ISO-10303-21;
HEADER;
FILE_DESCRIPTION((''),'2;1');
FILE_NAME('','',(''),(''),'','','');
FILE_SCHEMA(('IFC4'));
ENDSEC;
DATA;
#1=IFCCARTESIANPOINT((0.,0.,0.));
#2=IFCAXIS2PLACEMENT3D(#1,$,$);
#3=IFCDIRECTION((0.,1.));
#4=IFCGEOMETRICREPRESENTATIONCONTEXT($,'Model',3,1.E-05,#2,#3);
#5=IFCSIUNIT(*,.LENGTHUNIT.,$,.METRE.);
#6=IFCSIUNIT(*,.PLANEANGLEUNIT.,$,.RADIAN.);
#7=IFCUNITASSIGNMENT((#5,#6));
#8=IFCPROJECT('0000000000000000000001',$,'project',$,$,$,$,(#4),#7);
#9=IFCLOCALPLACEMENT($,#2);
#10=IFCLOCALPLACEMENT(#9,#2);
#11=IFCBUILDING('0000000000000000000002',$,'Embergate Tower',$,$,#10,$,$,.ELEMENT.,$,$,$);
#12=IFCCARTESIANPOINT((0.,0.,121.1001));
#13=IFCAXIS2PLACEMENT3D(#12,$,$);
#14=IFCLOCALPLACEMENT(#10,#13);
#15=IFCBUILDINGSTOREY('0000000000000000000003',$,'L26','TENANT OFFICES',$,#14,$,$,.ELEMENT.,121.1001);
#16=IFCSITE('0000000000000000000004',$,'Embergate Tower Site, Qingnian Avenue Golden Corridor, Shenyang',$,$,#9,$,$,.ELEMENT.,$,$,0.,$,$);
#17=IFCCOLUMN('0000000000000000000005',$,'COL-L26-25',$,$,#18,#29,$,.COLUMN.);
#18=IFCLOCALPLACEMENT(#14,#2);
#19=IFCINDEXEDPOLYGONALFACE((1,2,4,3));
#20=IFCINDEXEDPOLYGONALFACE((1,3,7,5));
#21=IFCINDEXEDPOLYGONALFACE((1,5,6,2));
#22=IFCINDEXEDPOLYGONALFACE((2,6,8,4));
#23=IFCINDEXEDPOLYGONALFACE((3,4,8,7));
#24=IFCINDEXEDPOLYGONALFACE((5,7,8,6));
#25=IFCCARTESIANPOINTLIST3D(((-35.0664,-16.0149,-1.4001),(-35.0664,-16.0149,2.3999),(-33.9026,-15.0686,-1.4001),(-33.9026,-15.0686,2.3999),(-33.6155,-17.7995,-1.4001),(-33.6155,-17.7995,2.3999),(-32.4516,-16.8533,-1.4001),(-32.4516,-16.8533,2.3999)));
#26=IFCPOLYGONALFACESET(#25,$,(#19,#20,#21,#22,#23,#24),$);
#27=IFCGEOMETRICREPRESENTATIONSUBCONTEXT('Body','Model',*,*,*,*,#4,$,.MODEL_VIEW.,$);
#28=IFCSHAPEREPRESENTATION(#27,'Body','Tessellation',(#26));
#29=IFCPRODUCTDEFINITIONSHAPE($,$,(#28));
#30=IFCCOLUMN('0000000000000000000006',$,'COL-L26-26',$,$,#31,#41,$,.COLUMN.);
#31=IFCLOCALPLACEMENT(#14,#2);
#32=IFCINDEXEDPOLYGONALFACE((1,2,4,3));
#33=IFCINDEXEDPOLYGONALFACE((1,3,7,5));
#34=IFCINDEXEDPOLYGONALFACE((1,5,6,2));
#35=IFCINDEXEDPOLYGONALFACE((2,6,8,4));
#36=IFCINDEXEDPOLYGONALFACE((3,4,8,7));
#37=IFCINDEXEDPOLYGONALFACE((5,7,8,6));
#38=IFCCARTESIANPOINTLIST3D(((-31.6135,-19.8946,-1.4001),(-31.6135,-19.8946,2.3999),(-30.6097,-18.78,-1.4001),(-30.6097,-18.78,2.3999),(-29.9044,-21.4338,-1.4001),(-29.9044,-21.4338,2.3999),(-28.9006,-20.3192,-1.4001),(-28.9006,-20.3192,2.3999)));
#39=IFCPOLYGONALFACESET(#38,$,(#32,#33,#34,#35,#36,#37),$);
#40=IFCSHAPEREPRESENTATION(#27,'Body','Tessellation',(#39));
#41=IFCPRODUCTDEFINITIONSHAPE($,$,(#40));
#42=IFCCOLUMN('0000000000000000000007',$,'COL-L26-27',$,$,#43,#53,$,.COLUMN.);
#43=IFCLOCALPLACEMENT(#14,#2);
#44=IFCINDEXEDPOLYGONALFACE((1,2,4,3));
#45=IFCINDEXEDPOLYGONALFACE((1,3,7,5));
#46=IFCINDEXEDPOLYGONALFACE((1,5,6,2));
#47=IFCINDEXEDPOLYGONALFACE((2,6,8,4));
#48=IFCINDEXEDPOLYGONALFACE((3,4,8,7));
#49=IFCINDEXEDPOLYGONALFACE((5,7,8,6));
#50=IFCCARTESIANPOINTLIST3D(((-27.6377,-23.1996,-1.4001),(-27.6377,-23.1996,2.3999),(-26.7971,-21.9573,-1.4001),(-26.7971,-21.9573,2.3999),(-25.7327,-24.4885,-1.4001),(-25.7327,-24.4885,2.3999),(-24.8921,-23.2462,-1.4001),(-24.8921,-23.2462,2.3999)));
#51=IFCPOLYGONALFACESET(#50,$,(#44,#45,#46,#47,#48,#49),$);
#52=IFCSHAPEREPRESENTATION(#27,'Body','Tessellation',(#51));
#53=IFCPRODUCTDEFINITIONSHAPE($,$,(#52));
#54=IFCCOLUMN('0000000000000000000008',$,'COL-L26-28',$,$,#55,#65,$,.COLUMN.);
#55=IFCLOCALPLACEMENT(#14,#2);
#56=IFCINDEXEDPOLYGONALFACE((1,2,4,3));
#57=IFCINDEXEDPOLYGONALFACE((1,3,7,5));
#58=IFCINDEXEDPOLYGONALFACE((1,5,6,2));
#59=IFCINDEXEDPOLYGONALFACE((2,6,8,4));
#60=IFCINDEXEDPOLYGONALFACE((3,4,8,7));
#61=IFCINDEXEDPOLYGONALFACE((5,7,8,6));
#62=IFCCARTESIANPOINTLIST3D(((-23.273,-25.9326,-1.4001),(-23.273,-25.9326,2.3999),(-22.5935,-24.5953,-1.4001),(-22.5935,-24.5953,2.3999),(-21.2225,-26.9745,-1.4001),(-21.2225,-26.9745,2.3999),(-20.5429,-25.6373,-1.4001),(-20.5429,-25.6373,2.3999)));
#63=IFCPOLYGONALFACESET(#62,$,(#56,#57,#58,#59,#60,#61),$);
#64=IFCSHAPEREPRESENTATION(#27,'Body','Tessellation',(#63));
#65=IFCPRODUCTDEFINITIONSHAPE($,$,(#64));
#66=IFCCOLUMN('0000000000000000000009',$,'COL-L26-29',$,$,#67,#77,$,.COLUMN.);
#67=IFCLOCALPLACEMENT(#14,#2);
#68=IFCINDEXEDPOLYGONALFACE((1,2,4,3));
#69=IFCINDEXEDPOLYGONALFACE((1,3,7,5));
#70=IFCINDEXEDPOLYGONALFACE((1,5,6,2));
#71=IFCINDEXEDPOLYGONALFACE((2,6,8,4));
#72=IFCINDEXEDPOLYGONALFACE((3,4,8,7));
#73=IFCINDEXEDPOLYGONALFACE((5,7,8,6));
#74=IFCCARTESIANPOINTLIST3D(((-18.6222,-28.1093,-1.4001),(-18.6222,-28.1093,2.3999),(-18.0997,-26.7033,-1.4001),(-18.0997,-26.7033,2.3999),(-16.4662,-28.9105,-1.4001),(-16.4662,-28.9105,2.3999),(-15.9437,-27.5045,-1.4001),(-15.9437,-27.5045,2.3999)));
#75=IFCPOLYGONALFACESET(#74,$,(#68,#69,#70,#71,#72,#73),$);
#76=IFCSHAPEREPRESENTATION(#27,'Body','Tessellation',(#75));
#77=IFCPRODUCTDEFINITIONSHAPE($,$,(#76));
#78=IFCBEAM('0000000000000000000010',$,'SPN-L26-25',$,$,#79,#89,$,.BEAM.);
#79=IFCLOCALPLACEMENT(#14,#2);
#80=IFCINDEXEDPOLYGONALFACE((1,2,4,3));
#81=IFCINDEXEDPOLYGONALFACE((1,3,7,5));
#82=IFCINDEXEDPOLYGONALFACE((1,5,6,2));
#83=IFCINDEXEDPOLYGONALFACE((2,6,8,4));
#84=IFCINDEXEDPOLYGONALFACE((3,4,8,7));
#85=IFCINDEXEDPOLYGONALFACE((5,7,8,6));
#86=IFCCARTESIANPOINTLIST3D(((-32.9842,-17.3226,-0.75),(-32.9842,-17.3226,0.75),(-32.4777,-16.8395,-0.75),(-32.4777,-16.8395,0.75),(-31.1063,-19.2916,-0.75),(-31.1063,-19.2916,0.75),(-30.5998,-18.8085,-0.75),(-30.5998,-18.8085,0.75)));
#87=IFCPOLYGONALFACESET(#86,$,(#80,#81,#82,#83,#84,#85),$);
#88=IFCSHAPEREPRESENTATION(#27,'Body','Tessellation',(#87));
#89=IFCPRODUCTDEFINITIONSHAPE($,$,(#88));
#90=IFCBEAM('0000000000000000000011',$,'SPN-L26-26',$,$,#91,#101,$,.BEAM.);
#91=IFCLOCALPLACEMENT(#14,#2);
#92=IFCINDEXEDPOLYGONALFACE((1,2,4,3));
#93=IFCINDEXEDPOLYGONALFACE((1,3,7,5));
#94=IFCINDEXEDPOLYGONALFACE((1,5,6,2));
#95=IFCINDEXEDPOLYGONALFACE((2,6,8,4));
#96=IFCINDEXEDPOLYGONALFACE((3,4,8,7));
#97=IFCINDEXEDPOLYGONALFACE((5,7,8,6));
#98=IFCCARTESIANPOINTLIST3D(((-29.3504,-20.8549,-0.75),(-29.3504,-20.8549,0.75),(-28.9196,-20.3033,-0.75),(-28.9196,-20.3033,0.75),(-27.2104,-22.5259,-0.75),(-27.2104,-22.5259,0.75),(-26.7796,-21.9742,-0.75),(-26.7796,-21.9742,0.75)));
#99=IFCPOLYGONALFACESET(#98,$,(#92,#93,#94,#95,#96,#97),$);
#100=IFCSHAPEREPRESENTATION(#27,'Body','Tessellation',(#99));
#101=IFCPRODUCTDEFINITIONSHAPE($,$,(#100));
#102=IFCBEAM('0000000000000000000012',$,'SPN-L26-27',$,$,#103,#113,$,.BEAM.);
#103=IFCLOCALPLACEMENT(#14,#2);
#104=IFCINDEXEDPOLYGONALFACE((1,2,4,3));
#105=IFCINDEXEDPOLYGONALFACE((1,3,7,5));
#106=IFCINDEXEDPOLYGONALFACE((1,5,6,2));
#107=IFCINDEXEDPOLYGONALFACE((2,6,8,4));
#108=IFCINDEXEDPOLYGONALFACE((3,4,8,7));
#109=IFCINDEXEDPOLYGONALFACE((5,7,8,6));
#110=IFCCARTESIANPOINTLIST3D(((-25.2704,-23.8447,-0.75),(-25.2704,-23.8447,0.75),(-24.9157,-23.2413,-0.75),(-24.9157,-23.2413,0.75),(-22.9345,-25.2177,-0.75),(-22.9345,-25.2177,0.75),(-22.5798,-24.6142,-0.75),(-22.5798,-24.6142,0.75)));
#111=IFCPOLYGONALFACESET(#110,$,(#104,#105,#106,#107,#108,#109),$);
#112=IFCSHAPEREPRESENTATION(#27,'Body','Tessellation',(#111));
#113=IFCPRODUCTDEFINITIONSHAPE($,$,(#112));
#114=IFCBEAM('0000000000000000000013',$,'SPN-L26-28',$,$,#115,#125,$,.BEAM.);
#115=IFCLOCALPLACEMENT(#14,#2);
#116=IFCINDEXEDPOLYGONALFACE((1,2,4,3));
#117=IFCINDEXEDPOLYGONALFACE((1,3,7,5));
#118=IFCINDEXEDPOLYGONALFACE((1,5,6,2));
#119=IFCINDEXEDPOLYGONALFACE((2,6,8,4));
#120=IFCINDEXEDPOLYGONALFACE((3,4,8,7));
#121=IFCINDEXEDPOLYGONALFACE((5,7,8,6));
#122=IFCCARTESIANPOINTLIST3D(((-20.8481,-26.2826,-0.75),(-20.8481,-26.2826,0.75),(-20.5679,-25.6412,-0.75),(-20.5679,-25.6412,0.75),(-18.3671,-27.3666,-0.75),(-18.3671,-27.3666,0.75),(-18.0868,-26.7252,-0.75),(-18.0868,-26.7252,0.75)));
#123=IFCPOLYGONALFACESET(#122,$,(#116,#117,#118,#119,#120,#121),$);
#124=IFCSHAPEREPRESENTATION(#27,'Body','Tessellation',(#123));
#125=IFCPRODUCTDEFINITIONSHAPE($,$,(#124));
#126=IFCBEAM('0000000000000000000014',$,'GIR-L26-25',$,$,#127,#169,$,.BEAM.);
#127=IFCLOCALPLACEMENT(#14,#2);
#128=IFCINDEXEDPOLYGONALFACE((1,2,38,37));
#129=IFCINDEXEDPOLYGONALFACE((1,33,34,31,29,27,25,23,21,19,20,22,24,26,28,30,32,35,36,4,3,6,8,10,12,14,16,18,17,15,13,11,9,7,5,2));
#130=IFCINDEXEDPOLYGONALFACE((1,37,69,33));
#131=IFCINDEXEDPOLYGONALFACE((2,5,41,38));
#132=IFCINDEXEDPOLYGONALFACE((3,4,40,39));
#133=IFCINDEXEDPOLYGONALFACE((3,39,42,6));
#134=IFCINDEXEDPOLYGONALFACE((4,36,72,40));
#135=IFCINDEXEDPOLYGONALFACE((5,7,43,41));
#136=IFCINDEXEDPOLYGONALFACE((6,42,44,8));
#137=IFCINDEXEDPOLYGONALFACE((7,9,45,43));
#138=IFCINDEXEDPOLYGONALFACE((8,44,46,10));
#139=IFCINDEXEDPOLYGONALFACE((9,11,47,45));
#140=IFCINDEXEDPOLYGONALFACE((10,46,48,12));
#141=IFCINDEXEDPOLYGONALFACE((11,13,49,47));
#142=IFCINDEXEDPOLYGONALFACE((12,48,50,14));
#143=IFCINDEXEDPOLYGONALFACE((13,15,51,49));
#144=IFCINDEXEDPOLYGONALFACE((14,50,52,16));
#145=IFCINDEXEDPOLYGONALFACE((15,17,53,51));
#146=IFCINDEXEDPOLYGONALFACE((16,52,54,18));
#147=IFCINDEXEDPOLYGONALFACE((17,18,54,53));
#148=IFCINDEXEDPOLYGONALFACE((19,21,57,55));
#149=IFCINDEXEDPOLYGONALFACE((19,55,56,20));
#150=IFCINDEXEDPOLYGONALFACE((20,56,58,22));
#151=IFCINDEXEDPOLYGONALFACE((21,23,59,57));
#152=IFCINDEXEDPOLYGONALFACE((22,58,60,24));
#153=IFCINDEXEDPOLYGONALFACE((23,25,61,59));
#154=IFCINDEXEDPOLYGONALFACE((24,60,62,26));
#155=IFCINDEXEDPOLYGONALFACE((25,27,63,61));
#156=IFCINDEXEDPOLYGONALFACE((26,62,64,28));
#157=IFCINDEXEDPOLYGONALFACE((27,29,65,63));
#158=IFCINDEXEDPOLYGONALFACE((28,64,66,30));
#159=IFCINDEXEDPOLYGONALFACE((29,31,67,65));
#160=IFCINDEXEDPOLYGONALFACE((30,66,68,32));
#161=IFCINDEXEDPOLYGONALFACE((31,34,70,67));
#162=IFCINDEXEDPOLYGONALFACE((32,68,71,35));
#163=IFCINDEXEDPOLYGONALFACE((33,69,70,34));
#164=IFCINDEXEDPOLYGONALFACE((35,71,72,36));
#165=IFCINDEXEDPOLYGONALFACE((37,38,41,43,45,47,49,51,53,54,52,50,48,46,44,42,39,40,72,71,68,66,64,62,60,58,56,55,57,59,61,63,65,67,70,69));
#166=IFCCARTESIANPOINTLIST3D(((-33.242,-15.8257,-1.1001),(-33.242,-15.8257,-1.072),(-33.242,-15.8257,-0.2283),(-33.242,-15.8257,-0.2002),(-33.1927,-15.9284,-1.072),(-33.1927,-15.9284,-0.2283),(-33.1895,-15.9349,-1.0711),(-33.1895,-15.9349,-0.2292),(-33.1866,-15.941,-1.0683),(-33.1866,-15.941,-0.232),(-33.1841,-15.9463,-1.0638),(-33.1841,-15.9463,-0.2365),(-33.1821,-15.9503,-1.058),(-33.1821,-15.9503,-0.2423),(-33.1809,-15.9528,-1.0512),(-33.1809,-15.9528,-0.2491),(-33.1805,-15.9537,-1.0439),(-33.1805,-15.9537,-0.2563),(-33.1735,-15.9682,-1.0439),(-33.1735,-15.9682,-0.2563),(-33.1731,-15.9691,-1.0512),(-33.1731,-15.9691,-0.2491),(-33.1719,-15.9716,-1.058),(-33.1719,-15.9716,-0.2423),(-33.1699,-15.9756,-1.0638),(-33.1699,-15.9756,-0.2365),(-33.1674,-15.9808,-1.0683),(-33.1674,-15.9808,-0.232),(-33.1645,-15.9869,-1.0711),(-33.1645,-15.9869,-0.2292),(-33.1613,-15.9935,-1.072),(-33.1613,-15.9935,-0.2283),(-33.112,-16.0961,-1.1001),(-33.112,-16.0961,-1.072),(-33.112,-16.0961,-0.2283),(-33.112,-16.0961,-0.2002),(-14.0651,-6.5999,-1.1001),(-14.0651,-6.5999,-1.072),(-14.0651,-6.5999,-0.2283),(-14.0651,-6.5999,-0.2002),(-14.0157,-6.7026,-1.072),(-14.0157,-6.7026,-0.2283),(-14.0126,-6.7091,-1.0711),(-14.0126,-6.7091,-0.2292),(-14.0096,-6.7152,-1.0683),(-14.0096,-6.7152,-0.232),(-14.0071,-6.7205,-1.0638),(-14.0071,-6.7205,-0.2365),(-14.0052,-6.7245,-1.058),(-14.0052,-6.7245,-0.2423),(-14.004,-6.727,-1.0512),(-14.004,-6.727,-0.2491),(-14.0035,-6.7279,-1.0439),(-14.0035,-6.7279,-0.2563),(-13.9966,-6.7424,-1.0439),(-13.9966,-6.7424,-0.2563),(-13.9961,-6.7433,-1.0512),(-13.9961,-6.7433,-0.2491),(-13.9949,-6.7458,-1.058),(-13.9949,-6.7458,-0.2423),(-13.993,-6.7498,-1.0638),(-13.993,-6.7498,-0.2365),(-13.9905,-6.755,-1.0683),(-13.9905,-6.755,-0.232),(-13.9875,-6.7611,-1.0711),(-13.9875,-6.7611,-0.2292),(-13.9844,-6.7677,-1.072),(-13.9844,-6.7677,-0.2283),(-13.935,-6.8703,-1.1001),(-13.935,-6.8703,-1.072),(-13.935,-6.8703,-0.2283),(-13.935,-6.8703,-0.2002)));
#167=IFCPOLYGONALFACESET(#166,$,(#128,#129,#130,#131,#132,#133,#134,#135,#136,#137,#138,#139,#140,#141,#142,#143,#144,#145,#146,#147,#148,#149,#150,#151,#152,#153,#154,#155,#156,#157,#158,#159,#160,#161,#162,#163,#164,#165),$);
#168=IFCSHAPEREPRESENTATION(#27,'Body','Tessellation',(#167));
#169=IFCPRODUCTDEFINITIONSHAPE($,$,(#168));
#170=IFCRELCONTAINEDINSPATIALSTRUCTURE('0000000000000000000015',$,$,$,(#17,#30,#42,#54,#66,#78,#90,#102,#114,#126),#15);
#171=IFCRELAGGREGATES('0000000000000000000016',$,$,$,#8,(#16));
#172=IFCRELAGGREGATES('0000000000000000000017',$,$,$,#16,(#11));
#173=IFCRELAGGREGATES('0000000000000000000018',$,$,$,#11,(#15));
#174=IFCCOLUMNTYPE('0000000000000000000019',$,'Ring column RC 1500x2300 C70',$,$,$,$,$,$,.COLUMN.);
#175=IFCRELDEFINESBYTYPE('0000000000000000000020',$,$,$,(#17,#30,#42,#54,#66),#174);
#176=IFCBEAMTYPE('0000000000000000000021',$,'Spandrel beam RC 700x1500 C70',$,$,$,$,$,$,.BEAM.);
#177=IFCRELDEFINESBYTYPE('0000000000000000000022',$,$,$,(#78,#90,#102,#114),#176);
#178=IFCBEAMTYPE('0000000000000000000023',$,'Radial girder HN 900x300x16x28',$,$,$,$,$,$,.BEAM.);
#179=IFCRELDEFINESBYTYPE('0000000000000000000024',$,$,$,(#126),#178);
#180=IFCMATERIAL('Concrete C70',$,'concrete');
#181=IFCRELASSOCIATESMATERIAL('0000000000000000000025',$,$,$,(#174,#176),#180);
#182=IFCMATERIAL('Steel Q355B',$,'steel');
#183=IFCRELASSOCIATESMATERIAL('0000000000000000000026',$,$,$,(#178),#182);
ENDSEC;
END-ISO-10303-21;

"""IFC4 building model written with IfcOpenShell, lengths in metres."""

from ifc_helpers import new_model, si_unit, direction, frame, origin, origin_2d, place, context, subcontext, project, spatial, rectangle, i_section, extrude, source, transform, mapped, material, material_profile, profile_set, type_object, element, save


model = new_model("IFC4")

# Units and contexts
model_context = context("Model", 3, precision=1e-05, world=origin(), true_north=direction((0.0, 1.0)))
body_context = subcontext(model_context, "Body", "Model", "MODEL_VIEW")
ifc_project = project(units=[si_unit("LENGTHUNIT", "METRE"), si_unit("PLANEANGLEUNIT", "RADIAN")], contexts=[model_context])

# Site, building, storey
site_placement = place(None, origin())
site = spatial("IfcSite", under=ifc_project, at=site_placement, Name="Embergate Tower Site, Qingnian Avenue Golden Corridor, Shenyang", CompositionType="ELEMENT", RefElevation=0.0)
building_placement = place(site_placement, origin())
building = spatial("IfcBuilding", under=site, at=building_placement, Name="Embergate Tower", CompositionType="ELEMENT")
storey_placement = place(building_placement, frame((0.0, 0.0, 121.1001)))
storey = spatial("IfcBuildingStorey", under=building, at=storey_placement, Name="L26", Description="TENANT OFFICES", CompositionType="ELEMENT", Elevation=121.1001)

# Columns
ifc_material_1 = material(Name="Concrete C70", Category="concrete")
ifc_material_profile_1 = material_profile(ifc_material_1, rectangle(XDim=1.5, YDim=2.3, at=origin_2d()), Name="RC 1500x2300")
ifc_profile_set_1 = profile_set([ifc_material_profile_1], Name="Concrete C70")
column_type = type_object("IfcColumnType", Name="Ring column RC 1500x2300 C70", PredefinedType="COLUMN", material=ifc_profile_set_1)
shared_shape_1 = source(origin(), body_context, "Body", "SweptSolid", [
    extrude(rectangle(XDim=1.5, YDim=2.3, at=origin_2d()), origin(), (0.0, 0.0, 1.0), 3.8),
])
for number, where, z_axis, x_axis, name in (
    (1, (-33.759, -16.4341, -1.4001), (0.0, 0.0, 1.0), (-0.775925, -0.630825, 0.0), "COL-L26-25"),
    (2, (-30.2571, -20.1069, -1.4001), (0.0, 0.0, 1.0), (-0.669208, -0.743075, 0.0), "COL-L26-26"),
    (3, (-26.2649, -23.2229, -1.4001), (0.0, 0.0, 1.0), (-0.560393, -0.828227, 0.0), "COL-L26-27"),
    (4, (-21.908, -25.7849, -1.4001), (0.0, 0.0, 1.0), (-0.453011, -0.891505, 0.0), "COL-L26-28"),
    (5, (-17.283, -27.8069, -1.4001), (0.0, 0.0, 1.0), (-0.348343, -0.937367, 0.0), "COL-L26-29"),
):
    element("IfcColumn", number, at=place(storey_placement, frame(where, z_axis=z_axis, x_axis=x_axis)), inside=storey, type_object=column_type, Name=name, PredefinedType="COLUMN", context=body_context, shape_type="MappedRepresentation", body=[
        mapped(shared_shape_1, transform((0.0, 0.0, 0.0))),
    ])

# Beams
ifc_material_profile_2 = material_profile(ifc_material_1, rectangle(XDim=0.7, YDim=1.5, at=origin_2d()), Name="RC 700x1500")
ifc_profile_set_2 = profile_set([ifc_material_profile_2], Name="Concrete C70")
beam_type_1 = type_object("IfcBeamType", Name="Spandrel beam RC 700x1500 C70", PredefinedType="BEAM", material=ifc_profile_set_2)
shared_shape_2 = source(origin(), body_context, "Body", "SweptSolid", [
    extrude(rectangle(XDim=0.7, YDim=1.5, at=origin_2d()), origin(), (0.0, 0.0, 1.0), 2.7209),
])
beam_1_placement = place(storey_placement, frame((-32.731, -17.0811, 0.0), z_axis=(0.690175, -0.723643, 0.0), x_axis=(0.723643, 0.690175, 0.0)))
element("IfcBeam", 6, at=beam_1_placement, inside=storey, type_object=beam_type_1, Name="SPN-L26-25", PredefinedType="BEAM", context=body_context, shape_type="MappedRepresentation", body=[
    mapped(shared_shape_2, transform((0.0, 0.0, 0.0))),
])
shared_shape_3 = source(origin(), body_context, "Body", "SweptSolid", [
    extrude(rectangle(XDim=0.7, YDim=1.5, at=origin_2d()), origin(), (0.0, 0.0, 1.0), 2.7151),
])
beam_2_placement = place(storey_placement, frame((-29.135, -20.5791, 0.0), z_axis=(0.788184, -0.61544, 0.0), x_axis=(0.61544, 0.788184, 0.0)))
element("IfcBeam", 7, at=beam_2_placement, inside=storey, type_object=beam_type_1, Name="SPN-L26-26", PredefinedType="BEAM", context=body_context, shape_type="MappedRepresentation", body=[
    mapped(shared_shape_3, transform((0.0, 0.0, 0.0))),
])
shared_shape_4 = source(origin(), body_context, "Body", "SweptSolid", [
    extrude(rectangle(XDim=0.7, YDim=1.5, at=origin_2d()), origin(), (0.0, 0.0, 1.0), 2.7095),
])
beam_3_placement = place(storey_placement, frame((-25.093, -23.543, 0.0), z_axis=(0.862101, -0.506737, 0.0), x_axis=(0.506737, 0.862101, 0.0)))
element("IfcBeam", 8, at=beam_3_placement, inside=storey, type_object=beam_type_1, Name="SPN-L26-27", PredefinedType="BEAM", context=body_context, shape_type="MappedRepresentation", body=[
    mapped(shared_shape_4, transform((0.0, 0.0, 0.0))),
])
shared_shape_5 = source(origin(), body_context, "Body", "SweptSolid", [
    extrude(rectangle(XDim=0.7, YDim=1.5, at=origin_2d()), origin(), (0.0, 0.0, 1.0), 2.7075),
])
beam_4_placement = place(storey_placement, frame((-20.708, -25.9619, 0.0), z_axis=(0.916352, -0.400374, 0.0), x_axis=(0.400374, 0.916352, 0.0)))
element("IfcBeam", 9, at=beam_4_placement, inside=storey, type_object=beam_type_1, Name="SPN-L26-28", PredefinedType="BEAM", context=body_context, shape_type="MappedRepresentation", body=[
    mapped(shared_shape_5, transform((0.0, 0.0, 0.0))),
])
ifc_material_2 = material(Name="Steel Q355B", Category="steel")
ifc_material_profile_3 = material_profile(ifc_material_2, i_section(OverallWidth=0.3, OverallDepth=0.8999, WebThickness=0.0161, FlangeThickness=0.0281, FilletRadius=0.0281, at=origin_2d()), Name="HN 900x300x16x28")
ifc_profile_set_3 = profile_set([ifc_material_profile_3], Name="Steel Q355 grade B")
beam_type_2 = type_object("IfcBeamType", Name="Radial girder HN 900x300x16x28", PredefinedType="BEAM", material=ifc_profile_set_3)
shared_shape_6 = source(origin(), body_context, "Body", "SweptSolid", [
    extrude(i_section(OverallWidth=0.3, OverallDepth=0.8999, WebThickness=0.0161, FlangeThickness=0.0281, FilletRadius=0.0281, at=origin_2d()), origin(), (0.0, 0.0, 1.0), 21.2808),
])
beam_5_placement = place(storey_placement, frame((-33.177, -15.9609, -0.6501), z_axis=(0.90114, 0.433528, 0.0), x_axis=(-0.433528, 0.90114, 0.0)))
element("IfcBeam", 10, at=beam_5_placement, inside=storey, type_object=beam_type_2, Name="GIR-L26-25", PredefinedType="BEAM", context=body_context, shape_type="MappedRepresentation", body=[
    mapped(shared_shape_6, transform((0.0, 0.0, 0.0))),
])

save(model, "model.ifc")
